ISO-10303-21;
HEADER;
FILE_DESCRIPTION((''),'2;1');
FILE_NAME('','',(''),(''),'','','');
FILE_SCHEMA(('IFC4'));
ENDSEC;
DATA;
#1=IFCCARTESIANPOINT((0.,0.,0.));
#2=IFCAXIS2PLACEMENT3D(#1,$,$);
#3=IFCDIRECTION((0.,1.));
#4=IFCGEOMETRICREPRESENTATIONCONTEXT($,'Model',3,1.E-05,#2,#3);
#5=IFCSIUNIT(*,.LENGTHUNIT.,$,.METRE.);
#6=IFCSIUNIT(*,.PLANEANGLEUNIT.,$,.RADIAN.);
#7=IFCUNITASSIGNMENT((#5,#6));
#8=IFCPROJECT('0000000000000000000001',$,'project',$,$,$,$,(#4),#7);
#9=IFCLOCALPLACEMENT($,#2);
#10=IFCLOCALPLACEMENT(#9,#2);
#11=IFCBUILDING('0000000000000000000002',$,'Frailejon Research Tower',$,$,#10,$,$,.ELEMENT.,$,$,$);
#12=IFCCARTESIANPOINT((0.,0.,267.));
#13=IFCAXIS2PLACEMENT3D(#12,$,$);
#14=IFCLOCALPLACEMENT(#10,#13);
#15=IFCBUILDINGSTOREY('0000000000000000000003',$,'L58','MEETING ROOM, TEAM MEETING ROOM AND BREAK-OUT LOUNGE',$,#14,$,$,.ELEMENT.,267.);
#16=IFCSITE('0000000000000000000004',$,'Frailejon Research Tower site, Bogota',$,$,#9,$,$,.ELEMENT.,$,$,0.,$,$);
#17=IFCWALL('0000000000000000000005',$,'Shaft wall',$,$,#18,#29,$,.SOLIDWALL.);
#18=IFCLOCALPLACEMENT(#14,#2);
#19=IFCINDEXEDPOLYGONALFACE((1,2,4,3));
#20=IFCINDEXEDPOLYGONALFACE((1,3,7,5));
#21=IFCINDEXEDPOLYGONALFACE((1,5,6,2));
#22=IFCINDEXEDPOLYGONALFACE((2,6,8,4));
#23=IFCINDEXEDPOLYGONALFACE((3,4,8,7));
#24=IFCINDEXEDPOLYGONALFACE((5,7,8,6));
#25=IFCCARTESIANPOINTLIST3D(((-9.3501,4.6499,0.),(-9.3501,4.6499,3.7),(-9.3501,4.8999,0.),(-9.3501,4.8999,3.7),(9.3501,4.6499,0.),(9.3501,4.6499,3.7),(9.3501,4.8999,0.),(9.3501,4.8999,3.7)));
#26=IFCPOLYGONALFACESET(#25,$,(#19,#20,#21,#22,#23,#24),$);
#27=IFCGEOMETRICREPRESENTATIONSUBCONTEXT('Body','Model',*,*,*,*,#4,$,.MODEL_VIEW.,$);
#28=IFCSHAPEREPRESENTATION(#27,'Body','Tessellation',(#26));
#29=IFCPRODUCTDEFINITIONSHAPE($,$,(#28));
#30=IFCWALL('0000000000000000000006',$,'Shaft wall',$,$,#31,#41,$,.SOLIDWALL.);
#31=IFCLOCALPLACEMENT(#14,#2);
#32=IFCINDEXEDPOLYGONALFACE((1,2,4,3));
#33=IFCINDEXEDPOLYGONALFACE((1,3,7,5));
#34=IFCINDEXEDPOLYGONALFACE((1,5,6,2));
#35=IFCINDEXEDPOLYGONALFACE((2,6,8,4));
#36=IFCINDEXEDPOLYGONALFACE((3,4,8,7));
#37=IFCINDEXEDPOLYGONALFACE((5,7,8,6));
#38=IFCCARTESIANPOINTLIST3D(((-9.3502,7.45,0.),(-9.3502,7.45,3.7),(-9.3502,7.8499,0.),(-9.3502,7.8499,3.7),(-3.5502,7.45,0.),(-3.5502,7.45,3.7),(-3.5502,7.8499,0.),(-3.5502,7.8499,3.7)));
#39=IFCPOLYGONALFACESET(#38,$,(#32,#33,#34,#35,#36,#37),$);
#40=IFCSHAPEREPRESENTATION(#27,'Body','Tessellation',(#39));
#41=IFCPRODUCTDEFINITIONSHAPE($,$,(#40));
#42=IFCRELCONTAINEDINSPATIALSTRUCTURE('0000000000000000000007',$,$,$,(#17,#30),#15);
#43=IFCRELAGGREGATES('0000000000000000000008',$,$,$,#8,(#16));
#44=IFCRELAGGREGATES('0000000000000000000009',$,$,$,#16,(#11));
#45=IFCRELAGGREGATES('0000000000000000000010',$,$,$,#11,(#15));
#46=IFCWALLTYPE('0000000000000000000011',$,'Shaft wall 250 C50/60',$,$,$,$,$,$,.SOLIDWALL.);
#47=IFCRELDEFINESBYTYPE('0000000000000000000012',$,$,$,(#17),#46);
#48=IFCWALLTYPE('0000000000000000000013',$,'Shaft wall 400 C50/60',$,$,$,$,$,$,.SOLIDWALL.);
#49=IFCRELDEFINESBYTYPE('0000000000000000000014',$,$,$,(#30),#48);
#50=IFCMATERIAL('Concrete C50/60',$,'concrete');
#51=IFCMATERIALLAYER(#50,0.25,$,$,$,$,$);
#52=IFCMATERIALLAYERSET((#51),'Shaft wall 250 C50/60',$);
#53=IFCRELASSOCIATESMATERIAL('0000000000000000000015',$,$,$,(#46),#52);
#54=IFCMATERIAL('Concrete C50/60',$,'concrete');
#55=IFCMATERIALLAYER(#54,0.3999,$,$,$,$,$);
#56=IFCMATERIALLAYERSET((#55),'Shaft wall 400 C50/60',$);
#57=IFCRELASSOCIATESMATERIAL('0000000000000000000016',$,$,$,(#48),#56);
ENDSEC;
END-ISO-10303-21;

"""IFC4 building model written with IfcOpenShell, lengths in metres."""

from ifc_helpers import new_model, si_unit, direction, frame, frame_2d, origin, place, context, subcontext, project, spatial, rectangle, extrude, material, layer, layer_set, type_object, element, save


model = new_model("IFC4")

# Units and contexts
model_context = context("Model", 3, precision=1e-05, world=origin(), true_north=direction((0.0, 1.0)))
body_context = subcontext(model_context, "Body", "Model", "MODEL_VIEW")
ifc_project = project(units=[si_unit("LENGTHUNIT", "METRE"), si_unit("PLANEANGLEUNIT", "RADIAN")], contexts=[model_context])

# Site, building, storey
site_placement = place(None, origin())
site = spatial("IfcSite", under=ifc_project, at=site_placement, Name="Frailejon Research Tower site, Bogota", CompositionType="ELEMENT", RefElevation=0.0)
building_placement = place(site_placement, origin())
building = spatial("IfcBuilding", under=site, at=building_placement, Name="Frailejon Research Tower", CompositionType="ELEMENT")
storey_placement = place(building_placement, frame((0.0, 0.0, 267.0)))
storey = spatial("IfcBuildingStorey", under=building, at=storey_placement, Name="L58", Description="MEETING ROOM, TEAM MEETING ROOM AND BREAK-OUT LOUNGE", CompositionType="ELEMENT", Elevation=267.0)

# Shared definitions
ifc_material_1 = material(Name="Concrete C50/60", Category="concrete")
ifc_layer_1 = layer(ifc_material_1, 0.25)
ifc_layer_set_1 = layer_set([ifc_layer_1], Name="Shaft wall 250 C50/60")
wall_type_1 = type_object("IfcWallType", Name="Shaft wall 250 C50/60", PredefinedType="SOLIDWALL", material=ifc_layer_set_1)

# Walls
wall_1_placement = place(storey_placement, frame((-9.3501, 4.7749, 0.0), z_axis=(0.0, 0.0, 1.0), x_axis=(1.0, 0.0, 0.0)))
element("IfcWall", 1, at=wall_1_placement, inside=storey, type_object=wall_type_1, Name="Shaft wall", PredefinedType="SOLIDWALL", context=body_context, shape_type="SweptSolid", body=[
    extrude(rectangle(XDim=18.7002, YDim=0.25, at=frame_2d((9.3501, 0.0))), origin(), (0.0, 0.0, 1.0), 3.7),
])
ifc_material_2 = material(Name="Concrete C50/60", Category="concrete")
ifc_layer_2 = layer(ifc_material_2, 0.3999)
ifc_layer_set_2 = layer_set([ifc_layer_2], Name="Shaft wall 400 C50/60")
wall_type_2 = type_object("IfcWallType", Name="Shaft wall 400 C50/60", PredefinedType="SOLIDWALL", material=ifc_layer_set_2)
wall_2_placement = place(storey_placement, frame((-9.3501, 7.6499, 0.0), z_axis=(0.0, 0.0, 1.0), x_axis=(1.0, 0.0, 0.0)))
element("IfcWall", 2, at=wall_2_placement, inside=storey, type_object=wall_type_2, Name="Shaft wall", PredefinedType="SOLIDWALL", context=body_context, shape_type="SweptSolid", body=[
    extrude(rectangle(XDim=5.8, YDim=0.3999, at=frame_2d((2.8999, 0.0))), origin(), (0.0, 0.0, 1.0), 3.7),
])

save(model, "model.ifc")
